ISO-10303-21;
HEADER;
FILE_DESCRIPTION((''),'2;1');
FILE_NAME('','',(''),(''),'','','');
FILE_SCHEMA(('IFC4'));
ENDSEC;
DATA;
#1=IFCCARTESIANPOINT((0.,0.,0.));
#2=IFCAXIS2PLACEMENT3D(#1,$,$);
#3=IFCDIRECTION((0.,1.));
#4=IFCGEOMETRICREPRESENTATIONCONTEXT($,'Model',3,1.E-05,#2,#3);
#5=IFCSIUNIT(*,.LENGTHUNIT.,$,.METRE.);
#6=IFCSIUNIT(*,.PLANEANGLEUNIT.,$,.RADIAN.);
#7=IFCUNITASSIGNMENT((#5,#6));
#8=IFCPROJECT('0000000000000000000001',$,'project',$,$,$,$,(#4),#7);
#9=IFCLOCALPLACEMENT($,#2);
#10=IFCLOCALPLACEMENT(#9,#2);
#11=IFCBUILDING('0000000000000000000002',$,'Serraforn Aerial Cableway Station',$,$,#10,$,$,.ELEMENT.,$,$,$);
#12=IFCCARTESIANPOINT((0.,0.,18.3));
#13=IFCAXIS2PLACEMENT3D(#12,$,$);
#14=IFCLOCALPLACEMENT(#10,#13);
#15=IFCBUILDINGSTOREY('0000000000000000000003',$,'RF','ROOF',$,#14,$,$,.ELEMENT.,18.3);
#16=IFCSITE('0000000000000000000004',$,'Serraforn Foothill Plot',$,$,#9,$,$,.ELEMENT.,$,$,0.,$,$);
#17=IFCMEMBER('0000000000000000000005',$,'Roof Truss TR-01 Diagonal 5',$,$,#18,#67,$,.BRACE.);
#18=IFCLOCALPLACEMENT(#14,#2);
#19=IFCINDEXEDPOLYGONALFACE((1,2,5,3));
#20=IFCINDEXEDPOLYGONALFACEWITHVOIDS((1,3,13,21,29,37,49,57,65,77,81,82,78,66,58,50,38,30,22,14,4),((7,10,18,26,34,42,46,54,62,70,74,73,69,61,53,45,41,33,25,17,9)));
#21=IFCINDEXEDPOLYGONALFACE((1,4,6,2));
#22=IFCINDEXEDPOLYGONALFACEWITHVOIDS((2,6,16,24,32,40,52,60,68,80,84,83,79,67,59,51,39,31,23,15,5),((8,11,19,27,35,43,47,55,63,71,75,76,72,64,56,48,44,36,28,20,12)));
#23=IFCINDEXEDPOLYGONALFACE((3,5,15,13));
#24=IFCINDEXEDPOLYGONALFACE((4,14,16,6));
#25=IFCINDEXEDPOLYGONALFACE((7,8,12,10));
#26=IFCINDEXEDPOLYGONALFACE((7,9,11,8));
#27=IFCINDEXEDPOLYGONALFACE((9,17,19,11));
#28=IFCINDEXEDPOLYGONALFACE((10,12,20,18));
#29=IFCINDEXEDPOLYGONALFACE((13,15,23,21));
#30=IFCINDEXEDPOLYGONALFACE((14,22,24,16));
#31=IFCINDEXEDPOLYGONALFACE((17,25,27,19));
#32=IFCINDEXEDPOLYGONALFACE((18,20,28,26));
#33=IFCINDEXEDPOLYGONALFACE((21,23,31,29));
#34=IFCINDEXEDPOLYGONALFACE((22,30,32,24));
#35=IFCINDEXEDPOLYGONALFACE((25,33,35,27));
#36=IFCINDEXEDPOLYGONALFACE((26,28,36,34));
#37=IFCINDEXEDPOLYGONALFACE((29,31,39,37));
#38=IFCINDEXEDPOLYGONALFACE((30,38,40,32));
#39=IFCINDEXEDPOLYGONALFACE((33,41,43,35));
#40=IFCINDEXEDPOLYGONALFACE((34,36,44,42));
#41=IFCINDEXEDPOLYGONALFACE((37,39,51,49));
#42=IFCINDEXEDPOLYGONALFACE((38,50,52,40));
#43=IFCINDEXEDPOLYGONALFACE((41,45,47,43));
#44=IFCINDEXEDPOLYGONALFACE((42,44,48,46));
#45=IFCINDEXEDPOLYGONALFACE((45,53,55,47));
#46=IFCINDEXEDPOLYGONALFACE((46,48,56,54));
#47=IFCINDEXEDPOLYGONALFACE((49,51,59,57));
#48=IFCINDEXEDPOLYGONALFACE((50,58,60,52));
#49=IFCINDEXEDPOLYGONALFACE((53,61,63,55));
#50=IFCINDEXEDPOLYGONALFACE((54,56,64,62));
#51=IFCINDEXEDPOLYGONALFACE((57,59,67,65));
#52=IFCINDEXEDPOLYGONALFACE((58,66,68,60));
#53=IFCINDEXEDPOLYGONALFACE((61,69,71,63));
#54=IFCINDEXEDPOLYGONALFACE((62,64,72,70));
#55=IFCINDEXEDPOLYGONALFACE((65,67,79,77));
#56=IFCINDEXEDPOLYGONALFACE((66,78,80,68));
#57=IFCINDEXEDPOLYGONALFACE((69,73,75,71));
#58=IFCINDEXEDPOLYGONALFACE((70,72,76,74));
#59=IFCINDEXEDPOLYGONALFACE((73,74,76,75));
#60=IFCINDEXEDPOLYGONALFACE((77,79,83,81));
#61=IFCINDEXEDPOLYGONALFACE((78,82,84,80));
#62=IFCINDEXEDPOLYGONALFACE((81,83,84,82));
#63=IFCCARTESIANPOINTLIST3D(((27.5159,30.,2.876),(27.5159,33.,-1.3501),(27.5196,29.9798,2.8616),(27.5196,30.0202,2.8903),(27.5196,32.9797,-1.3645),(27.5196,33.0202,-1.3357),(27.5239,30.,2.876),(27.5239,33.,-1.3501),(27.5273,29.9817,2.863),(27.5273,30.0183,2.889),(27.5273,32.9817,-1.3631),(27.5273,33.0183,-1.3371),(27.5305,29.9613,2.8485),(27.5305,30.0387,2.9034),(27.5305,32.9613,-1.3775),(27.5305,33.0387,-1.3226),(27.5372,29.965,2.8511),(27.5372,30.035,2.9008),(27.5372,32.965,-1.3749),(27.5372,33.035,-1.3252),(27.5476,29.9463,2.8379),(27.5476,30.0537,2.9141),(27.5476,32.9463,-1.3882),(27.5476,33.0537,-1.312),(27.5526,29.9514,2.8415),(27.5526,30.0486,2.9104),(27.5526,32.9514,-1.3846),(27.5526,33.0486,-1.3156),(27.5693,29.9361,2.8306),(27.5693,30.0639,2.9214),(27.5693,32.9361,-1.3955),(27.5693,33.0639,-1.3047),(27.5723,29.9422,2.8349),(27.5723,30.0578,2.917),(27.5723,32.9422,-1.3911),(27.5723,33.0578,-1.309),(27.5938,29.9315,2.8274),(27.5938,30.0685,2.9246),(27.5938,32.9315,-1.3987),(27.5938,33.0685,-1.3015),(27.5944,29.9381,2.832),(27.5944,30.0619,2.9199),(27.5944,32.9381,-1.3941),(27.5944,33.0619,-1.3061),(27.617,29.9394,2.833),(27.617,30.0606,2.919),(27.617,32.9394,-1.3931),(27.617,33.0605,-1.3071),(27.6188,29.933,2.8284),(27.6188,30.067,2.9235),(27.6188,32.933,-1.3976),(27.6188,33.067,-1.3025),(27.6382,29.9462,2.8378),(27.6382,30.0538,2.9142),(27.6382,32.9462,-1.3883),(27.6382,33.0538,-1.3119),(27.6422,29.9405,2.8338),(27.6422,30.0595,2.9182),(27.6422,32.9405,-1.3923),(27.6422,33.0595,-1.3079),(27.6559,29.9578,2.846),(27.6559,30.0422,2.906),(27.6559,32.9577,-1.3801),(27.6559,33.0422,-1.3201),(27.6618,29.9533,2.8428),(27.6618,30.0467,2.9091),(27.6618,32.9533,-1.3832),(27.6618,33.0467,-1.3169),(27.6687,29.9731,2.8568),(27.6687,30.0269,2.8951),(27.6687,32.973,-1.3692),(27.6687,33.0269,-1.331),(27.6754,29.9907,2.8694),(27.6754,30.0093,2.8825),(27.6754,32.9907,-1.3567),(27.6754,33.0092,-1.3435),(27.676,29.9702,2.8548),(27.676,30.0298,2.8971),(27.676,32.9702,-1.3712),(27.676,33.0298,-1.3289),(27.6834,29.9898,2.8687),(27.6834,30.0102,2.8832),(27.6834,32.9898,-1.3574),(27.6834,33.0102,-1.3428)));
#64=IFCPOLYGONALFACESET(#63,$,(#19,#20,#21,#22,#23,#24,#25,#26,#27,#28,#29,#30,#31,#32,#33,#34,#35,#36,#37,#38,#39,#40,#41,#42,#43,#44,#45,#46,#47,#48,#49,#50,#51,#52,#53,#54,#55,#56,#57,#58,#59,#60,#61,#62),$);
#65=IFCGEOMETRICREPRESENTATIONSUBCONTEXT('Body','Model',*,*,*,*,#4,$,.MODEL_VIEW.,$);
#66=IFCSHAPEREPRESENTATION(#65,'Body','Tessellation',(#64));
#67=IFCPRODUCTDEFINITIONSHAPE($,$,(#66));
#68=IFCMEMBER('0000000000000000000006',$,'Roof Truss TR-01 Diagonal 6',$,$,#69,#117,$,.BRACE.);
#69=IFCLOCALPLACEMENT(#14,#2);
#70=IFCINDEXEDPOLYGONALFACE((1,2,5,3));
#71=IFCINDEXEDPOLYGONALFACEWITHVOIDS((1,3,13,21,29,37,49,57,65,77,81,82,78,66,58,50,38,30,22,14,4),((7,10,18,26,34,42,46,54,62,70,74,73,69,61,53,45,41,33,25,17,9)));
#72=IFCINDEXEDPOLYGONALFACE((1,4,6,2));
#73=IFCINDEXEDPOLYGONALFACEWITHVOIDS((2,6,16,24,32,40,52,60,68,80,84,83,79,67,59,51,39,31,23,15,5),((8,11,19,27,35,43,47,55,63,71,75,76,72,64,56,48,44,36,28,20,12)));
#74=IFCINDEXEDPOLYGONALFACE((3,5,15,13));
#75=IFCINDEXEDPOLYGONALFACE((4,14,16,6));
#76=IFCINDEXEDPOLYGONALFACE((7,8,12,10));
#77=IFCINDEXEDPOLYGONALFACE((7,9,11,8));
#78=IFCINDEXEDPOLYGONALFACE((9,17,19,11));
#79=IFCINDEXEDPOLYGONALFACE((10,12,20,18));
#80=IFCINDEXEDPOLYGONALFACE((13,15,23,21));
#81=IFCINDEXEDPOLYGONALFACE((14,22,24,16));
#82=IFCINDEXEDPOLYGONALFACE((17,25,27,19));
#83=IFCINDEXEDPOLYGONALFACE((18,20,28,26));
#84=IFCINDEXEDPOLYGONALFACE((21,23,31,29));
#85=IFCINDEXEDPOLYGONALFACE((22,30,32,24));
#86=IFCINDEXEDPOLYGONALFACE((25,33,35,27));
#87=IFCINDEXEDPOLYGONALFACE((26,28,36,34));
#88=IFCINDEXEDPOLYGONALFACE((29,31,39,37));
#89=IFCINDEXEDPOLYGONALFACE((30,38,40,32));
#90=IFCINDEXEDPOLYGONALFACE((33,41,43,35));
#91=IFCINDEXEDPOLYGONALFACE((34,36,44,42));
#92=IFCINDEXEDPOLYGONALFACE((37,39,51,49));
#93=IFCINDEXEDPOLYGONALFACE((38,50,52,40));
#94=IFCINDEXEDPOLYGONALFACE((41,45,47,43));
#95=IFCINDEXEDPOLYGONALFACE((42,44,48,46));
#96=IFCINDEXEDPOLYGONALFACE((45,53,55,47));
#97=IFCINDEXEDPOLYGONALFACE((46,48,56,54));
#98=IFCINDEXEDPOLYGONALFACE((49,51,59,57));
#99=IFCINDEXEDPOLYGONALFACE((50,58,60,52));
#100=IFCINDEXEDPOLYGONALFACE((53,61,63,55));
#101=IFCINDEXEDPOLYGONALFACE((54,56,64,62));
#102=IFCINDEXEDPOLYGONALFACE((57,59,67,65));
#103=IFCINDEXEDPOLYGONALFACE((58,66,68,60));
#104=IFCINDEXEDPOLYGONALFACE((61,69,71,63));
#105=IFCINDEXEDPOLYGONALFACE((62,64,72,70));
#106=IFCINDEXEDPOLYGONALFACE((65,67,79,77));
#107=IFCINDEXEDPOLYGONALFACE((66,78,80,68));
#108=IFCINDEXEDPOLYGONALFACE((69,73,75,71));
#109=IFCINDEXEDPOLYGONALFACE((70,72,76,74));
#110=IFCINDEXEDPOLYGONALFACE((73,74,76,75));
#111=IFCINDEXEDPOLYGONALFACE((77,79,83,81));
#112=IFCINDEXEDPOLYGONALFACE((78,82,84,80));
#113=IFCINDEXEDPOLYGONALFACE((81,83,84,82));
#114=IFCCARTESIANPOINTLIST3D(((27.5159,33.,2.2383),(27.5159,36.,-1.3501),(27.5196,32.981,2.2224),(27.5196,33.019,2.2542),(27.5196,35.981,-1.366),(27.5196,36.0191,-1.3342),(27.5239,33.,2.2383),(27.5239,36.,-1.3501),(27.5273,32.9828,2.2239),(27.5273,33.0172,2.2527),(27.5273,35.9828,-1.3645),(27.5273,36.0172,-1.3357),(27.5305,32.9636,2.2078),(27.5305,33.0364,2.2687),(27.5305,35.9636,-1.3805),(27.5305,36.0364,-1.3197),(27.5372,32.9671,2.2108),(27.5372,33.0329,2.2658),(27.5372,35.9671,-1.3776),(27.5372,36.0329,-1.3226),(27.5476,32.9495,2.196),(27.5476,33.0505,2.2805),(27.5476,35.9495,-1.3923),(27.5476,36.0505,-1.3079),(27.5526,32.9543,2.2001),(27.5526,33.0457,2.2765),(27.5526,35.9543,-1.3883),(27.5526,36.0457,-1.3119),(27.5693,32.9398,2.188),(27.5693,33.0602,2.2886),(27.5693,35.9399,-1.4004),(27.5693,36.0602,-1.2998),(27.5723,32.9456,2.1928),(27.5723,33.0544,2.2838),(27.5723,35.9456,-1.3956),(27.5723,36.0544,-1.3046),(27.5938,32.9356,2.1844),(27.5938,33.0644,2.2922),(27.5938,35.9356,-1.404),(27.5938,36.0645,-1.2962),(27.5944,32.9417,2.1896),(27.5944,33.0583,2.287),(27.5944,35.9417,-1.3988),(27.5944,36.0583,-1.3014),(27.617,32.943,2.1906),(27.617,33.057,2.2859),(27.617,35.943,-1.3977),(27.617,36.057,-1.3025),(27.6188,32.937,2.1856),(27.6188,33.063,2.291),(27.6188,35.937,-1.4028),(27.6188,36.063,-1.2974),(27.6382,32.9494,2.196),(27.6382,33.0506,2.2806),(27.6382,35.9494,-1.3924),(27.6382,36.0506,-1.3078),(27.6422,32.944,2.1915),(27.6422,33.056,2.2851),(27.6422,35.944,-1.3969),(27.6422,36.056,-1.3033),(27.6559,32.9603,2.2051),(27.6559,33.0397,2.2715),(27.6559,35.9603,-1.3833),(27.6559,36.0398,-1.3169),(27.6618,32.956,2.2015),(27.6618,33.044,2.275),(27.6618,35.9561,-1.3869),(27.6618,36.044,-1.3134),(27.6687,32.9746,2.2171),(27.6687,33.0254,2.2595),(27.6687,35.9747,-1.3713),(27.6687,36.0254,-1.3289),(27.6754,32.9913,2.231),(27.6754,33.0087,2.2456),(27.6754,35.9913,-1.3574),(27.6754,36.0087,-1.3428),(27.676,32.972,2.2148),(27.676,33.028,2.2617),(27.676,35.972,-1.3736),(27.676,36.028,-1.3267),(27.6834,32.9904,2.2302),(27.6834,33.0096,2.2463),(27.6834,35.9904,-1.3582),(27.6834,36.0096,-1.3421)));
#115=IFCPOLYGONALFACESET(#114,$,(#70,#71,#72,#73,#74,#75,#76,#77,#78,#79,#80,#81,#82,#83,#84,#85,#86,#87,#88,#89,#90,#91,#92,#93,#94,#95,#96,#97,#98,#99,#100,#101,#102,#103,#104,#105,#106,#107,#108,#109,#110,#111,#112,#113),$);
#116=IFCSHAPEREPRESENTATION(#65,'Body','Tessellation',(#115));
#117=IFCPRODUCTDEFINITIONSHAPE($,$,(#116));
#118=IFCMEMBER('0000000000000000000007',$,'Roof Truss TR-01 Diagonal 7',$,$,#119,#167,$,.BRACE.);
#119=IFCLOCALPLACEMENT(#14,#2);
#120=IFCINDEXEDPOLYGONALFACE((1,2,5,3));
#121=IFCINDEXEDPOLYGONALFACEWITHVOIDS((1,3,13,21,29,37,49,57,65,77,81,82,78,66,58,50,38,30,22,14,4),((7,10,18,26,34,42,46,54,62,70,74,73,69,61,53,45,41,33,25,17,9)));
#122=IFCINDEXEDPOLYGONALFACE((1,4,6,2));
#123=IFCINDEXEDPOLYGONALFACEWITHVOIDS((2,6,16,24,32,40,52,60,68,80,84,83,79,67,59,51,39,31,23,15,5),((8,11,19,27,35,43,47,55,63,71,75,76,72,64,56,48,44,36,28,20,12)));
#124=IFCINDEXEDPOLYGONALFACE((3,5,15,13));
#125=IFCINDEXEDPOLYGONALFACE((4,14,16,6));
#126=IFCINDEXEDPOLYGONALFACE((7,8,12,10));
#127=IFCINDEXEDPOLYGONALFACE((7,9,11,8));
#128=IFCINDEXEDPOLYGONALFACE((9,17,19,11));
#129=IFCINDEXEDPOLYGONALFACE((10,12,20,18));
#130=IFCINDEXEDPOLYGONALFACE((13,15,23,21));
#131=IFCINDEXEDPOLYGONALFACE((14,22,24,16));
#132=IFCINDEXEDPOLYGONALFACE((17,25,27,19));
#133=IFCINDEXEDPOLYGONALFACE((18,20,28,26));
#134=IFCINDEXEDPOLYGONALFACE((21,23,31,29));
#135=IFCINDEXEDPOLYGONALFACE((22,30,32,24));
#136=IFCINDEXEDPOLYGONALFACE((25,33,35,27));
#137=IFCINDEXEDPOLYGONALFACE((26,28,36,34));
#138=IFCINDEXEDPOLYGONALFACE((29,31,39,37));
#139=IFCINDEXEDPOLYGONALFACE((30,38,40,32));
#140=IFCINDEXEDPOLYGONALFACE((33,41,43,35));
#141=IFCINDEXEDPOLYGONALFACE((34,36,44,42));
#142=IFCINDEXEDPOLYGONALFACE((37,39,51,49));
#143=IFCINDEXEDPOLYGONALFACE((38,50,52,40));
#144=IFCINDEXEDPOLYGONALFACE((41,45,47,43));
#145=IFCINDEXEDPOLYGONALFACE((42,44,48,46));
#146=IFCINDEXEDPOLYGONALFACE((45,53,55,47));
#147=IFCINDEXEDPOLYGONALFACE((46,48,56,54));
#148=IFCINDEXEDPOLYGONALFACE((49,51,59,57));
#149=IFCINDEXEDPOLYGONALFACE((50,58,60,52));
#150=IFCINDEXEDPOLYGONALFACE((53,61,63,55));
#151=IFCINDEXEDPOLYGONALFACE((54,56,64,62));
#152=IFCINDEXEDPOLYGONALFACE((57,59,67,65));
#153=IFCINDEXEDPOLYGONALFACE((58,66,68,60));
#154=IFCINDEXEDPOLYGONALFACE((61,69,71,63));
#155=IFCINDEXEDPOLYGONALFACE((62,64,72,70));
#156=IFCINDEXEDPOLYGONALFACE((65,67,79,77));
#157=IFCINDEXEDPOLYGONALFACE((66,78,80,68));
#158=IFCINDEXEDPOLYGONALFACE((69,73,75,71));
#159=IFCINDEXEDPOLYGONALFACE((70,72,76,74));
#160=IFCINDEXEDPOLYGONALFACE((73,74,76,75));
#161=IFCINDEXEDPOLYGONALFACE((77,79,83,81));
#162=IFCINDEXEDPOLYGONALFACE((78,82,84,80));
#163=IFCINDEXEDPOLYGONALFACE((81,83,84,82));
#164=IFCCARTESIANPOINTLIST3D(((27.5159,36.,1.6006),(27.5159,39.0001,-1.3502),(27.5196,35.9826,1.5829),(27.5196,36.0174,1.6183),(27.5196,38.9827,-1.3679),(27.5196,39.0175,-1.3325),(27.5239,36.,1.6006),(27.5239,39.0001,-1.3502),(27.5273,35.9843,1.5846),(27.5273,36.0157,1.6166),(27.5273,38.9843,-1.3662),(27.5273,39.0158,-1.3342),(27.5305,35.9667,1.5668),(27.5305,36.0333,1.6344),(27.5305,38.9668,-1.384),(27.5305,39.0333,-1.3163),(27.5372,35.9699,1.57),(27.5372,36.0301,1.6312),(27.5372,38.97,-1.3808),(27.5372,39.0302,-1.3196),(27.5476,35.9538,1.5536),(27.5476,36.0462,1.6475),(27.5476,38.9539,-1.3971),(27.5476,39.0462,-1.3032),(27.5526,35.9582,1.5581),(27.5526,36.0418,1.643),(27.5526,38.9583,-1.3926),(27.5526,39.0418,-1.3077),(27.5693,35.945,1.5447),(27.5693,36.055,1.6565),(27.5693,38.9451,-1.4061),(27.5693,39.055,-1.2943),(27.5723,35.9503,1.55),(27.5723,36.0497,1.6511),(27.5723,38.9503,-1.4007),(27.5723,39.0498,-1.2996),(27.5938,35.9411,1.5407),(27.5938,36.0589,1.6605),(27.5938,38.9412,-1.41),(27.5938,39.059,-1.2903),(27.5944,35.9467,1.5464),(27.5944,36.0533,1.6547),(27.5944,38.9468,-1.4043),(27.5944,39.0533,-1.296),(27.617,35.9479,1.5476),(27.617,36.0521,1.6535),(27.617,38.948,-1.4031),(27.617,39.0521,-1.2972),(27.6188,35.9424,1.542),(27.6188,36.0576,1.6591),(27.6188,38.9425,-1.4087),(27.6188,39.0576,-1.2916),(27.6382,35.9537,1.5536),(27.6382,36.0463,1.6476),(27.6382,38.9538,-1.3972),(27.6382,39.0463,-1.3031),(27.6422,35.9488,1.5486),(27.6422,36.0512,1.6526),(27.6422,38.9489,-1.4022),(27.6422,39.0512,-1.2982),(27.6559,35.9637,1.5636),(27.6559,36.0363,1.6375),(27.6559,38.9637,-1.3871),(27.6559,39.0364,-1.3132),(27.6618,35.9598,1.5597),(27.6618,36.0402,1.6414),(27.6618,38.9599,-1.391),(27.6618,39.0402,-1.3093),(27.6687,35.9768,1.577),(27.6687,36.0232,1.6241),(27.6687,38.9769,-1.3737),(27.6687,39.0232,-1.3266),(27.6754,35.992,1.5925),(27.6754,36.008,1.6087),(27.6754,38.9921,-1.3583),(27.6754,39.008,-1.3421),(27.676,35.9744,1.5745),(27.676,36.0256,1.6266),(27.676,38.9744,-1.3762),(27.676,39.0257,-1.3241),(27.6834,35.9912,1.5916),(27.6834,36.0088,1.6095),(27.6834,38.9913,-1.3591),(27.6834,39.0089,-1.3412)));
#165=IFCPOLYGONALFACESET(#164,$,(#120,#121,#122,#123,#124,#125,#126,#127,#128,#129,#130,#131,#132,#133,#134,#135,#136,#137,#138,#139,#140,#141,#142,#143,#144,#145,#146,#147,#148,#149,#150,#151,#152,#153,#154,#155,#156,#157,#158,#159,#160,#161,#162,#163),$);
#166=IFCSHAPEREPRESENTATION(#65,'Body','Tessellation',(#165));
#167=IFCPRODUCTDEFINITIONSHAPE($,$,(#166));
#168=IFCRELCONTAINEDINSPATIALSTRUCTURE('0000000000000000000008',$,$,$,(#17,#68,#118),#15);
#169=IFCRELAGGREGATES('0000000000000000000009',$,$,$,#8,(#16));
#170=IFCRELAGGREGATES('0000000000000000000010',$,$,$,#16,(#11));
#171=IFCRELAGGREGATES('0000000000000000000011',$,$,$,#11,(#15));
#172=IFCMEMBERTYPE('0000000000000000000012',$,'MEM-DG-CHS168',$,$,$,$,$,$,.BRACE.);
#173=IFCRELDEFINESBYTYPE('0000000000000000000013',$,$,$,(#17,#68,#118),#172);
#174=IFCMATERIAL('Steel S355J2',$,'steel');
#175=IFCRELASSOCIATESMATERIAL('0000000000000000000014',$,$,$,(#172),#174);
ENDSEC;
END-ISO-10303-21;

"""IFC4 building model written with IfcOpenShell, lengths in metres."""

from ifc_helpers import new_model, si_unit, direction, frame, origin, origin_2d, place, context, subcontext, project, spatial, hollow_circle, extrude, material, material_profile, profile_set, type_object, element, save


model = new_model("IFC4")

# Units and contexts
model_context = context("Model", 3, precision=1e-05, world=origin(), true_north=direction((0.0, 1.0)))
body_context = subcontext(model_context, "Body", "Model", "MODEL_VIEW")
ifc_project = project(units=[si_unit("LENGTHUNIT", "METRE"), si_unit("PLANEANGLEUNIT", "RADIAN")], contexts=[model_context])

# Site, building, storey
site_placement = place(None, origin())
site = spatial("IfcSite", under=ifc_project, at=site_placement, Name="Serraforn Foothill Plot", CompositionType="ELEMENT", RefElevation=0.0)
building_placement = place(site_placement, origin())
building = spatial("IfcBuilding", under=site, at=building_placement, Name="Serraforn Aerial Cableway Station", CompositionType="ELEMENT")
storey_placement = place(building_placement, frame((0.0, 0.0, 18.3)))
storey = spatial("IfcBuildingStorey", under=building, at=storey_placement, Name="RF", Description="ROOF", CompositionType="ELEMENT", Elevation=18.3)

# Members
ifc_material_1 = material(Name="Steel S355J2", Category="steel")
ifc_material_profile_1 = material_profile(ifc_material_1, hollow_circle(Radius=0.0842, WallThickness=0.0081, at=origin_2d()), Name="CHS 168.3x8.0")
ifc_profile_set_1 = profile_set([ifc_material_profile_1], Name="Steel S355J2")
member_type_1 = type_object("IfcMemberType", Name="MEM-DG-CHS168", PredefinedType="BRACE", material=ifc_profile_set_1)
member_1_placement = place(storey_placement, frame((27.6001, 30.0, 2.876), z_axis=(0.0, 0.578856, -0.81543), x_axis=(-1.0, 0.0, 0.0)))
element("IfcMember", 1, at=member_1_placement, inside=storey, type_object=member_type_1, Name="Roof Truss TR-01 Diagonal 5", PredefinedType="BRACE", context=body_context, shape_type="SweptSolid", body=[
    extrude(hollow_circle(Radius=0.0842, WallThickness=0.0081, at=origin_2d()), origin(), (0.0, 0.0, 1.0), 5.1826),
])
member_2_placement = place(storey_placement, frame((27.6001, 33.0, 2.2383), z_axis=(0.0, 0.641406, -0.767202), x_axis=(-1.0, 0.0, 0.0)))
element("IfcMember", 2, at=member_2_placement, inside=storey, type_object=member_type_1, Name="Roof Truss TR-01 Diagonal 6", PredefinedType="BRACE", context=body_context, shape_type="SweptSolid", body=[
    extrude(hollow_circle(Radius=0.0842, WallThickness=0.0081, at=origin_2d()), origin(), (0.0, 0.0, 1.0), 4.6772),
])
member_3_placement = place(storey_placement, frame((27.6001, 36.0, 1.6006), z_axis=(0.0, 0.712942, -0.701223), x_axis=(-1.0, 0.0, 0.0)))
element("IfcMember", 3, at=member_3_placement, inside=storey, type_object=member_type_1, Name="Roof Truss TR-01 Diagonal 7", PredefinedType="BRACE", context=body_context, shape_type="SweptSolid", body=[
    extrude(hollow_circle(Radius=0.0842, WallThickness=0.0081, at=origin_2d()), origin(), (0.0, 0.0, 1.0), 4.208),
])

save(model, "model.ifc")
